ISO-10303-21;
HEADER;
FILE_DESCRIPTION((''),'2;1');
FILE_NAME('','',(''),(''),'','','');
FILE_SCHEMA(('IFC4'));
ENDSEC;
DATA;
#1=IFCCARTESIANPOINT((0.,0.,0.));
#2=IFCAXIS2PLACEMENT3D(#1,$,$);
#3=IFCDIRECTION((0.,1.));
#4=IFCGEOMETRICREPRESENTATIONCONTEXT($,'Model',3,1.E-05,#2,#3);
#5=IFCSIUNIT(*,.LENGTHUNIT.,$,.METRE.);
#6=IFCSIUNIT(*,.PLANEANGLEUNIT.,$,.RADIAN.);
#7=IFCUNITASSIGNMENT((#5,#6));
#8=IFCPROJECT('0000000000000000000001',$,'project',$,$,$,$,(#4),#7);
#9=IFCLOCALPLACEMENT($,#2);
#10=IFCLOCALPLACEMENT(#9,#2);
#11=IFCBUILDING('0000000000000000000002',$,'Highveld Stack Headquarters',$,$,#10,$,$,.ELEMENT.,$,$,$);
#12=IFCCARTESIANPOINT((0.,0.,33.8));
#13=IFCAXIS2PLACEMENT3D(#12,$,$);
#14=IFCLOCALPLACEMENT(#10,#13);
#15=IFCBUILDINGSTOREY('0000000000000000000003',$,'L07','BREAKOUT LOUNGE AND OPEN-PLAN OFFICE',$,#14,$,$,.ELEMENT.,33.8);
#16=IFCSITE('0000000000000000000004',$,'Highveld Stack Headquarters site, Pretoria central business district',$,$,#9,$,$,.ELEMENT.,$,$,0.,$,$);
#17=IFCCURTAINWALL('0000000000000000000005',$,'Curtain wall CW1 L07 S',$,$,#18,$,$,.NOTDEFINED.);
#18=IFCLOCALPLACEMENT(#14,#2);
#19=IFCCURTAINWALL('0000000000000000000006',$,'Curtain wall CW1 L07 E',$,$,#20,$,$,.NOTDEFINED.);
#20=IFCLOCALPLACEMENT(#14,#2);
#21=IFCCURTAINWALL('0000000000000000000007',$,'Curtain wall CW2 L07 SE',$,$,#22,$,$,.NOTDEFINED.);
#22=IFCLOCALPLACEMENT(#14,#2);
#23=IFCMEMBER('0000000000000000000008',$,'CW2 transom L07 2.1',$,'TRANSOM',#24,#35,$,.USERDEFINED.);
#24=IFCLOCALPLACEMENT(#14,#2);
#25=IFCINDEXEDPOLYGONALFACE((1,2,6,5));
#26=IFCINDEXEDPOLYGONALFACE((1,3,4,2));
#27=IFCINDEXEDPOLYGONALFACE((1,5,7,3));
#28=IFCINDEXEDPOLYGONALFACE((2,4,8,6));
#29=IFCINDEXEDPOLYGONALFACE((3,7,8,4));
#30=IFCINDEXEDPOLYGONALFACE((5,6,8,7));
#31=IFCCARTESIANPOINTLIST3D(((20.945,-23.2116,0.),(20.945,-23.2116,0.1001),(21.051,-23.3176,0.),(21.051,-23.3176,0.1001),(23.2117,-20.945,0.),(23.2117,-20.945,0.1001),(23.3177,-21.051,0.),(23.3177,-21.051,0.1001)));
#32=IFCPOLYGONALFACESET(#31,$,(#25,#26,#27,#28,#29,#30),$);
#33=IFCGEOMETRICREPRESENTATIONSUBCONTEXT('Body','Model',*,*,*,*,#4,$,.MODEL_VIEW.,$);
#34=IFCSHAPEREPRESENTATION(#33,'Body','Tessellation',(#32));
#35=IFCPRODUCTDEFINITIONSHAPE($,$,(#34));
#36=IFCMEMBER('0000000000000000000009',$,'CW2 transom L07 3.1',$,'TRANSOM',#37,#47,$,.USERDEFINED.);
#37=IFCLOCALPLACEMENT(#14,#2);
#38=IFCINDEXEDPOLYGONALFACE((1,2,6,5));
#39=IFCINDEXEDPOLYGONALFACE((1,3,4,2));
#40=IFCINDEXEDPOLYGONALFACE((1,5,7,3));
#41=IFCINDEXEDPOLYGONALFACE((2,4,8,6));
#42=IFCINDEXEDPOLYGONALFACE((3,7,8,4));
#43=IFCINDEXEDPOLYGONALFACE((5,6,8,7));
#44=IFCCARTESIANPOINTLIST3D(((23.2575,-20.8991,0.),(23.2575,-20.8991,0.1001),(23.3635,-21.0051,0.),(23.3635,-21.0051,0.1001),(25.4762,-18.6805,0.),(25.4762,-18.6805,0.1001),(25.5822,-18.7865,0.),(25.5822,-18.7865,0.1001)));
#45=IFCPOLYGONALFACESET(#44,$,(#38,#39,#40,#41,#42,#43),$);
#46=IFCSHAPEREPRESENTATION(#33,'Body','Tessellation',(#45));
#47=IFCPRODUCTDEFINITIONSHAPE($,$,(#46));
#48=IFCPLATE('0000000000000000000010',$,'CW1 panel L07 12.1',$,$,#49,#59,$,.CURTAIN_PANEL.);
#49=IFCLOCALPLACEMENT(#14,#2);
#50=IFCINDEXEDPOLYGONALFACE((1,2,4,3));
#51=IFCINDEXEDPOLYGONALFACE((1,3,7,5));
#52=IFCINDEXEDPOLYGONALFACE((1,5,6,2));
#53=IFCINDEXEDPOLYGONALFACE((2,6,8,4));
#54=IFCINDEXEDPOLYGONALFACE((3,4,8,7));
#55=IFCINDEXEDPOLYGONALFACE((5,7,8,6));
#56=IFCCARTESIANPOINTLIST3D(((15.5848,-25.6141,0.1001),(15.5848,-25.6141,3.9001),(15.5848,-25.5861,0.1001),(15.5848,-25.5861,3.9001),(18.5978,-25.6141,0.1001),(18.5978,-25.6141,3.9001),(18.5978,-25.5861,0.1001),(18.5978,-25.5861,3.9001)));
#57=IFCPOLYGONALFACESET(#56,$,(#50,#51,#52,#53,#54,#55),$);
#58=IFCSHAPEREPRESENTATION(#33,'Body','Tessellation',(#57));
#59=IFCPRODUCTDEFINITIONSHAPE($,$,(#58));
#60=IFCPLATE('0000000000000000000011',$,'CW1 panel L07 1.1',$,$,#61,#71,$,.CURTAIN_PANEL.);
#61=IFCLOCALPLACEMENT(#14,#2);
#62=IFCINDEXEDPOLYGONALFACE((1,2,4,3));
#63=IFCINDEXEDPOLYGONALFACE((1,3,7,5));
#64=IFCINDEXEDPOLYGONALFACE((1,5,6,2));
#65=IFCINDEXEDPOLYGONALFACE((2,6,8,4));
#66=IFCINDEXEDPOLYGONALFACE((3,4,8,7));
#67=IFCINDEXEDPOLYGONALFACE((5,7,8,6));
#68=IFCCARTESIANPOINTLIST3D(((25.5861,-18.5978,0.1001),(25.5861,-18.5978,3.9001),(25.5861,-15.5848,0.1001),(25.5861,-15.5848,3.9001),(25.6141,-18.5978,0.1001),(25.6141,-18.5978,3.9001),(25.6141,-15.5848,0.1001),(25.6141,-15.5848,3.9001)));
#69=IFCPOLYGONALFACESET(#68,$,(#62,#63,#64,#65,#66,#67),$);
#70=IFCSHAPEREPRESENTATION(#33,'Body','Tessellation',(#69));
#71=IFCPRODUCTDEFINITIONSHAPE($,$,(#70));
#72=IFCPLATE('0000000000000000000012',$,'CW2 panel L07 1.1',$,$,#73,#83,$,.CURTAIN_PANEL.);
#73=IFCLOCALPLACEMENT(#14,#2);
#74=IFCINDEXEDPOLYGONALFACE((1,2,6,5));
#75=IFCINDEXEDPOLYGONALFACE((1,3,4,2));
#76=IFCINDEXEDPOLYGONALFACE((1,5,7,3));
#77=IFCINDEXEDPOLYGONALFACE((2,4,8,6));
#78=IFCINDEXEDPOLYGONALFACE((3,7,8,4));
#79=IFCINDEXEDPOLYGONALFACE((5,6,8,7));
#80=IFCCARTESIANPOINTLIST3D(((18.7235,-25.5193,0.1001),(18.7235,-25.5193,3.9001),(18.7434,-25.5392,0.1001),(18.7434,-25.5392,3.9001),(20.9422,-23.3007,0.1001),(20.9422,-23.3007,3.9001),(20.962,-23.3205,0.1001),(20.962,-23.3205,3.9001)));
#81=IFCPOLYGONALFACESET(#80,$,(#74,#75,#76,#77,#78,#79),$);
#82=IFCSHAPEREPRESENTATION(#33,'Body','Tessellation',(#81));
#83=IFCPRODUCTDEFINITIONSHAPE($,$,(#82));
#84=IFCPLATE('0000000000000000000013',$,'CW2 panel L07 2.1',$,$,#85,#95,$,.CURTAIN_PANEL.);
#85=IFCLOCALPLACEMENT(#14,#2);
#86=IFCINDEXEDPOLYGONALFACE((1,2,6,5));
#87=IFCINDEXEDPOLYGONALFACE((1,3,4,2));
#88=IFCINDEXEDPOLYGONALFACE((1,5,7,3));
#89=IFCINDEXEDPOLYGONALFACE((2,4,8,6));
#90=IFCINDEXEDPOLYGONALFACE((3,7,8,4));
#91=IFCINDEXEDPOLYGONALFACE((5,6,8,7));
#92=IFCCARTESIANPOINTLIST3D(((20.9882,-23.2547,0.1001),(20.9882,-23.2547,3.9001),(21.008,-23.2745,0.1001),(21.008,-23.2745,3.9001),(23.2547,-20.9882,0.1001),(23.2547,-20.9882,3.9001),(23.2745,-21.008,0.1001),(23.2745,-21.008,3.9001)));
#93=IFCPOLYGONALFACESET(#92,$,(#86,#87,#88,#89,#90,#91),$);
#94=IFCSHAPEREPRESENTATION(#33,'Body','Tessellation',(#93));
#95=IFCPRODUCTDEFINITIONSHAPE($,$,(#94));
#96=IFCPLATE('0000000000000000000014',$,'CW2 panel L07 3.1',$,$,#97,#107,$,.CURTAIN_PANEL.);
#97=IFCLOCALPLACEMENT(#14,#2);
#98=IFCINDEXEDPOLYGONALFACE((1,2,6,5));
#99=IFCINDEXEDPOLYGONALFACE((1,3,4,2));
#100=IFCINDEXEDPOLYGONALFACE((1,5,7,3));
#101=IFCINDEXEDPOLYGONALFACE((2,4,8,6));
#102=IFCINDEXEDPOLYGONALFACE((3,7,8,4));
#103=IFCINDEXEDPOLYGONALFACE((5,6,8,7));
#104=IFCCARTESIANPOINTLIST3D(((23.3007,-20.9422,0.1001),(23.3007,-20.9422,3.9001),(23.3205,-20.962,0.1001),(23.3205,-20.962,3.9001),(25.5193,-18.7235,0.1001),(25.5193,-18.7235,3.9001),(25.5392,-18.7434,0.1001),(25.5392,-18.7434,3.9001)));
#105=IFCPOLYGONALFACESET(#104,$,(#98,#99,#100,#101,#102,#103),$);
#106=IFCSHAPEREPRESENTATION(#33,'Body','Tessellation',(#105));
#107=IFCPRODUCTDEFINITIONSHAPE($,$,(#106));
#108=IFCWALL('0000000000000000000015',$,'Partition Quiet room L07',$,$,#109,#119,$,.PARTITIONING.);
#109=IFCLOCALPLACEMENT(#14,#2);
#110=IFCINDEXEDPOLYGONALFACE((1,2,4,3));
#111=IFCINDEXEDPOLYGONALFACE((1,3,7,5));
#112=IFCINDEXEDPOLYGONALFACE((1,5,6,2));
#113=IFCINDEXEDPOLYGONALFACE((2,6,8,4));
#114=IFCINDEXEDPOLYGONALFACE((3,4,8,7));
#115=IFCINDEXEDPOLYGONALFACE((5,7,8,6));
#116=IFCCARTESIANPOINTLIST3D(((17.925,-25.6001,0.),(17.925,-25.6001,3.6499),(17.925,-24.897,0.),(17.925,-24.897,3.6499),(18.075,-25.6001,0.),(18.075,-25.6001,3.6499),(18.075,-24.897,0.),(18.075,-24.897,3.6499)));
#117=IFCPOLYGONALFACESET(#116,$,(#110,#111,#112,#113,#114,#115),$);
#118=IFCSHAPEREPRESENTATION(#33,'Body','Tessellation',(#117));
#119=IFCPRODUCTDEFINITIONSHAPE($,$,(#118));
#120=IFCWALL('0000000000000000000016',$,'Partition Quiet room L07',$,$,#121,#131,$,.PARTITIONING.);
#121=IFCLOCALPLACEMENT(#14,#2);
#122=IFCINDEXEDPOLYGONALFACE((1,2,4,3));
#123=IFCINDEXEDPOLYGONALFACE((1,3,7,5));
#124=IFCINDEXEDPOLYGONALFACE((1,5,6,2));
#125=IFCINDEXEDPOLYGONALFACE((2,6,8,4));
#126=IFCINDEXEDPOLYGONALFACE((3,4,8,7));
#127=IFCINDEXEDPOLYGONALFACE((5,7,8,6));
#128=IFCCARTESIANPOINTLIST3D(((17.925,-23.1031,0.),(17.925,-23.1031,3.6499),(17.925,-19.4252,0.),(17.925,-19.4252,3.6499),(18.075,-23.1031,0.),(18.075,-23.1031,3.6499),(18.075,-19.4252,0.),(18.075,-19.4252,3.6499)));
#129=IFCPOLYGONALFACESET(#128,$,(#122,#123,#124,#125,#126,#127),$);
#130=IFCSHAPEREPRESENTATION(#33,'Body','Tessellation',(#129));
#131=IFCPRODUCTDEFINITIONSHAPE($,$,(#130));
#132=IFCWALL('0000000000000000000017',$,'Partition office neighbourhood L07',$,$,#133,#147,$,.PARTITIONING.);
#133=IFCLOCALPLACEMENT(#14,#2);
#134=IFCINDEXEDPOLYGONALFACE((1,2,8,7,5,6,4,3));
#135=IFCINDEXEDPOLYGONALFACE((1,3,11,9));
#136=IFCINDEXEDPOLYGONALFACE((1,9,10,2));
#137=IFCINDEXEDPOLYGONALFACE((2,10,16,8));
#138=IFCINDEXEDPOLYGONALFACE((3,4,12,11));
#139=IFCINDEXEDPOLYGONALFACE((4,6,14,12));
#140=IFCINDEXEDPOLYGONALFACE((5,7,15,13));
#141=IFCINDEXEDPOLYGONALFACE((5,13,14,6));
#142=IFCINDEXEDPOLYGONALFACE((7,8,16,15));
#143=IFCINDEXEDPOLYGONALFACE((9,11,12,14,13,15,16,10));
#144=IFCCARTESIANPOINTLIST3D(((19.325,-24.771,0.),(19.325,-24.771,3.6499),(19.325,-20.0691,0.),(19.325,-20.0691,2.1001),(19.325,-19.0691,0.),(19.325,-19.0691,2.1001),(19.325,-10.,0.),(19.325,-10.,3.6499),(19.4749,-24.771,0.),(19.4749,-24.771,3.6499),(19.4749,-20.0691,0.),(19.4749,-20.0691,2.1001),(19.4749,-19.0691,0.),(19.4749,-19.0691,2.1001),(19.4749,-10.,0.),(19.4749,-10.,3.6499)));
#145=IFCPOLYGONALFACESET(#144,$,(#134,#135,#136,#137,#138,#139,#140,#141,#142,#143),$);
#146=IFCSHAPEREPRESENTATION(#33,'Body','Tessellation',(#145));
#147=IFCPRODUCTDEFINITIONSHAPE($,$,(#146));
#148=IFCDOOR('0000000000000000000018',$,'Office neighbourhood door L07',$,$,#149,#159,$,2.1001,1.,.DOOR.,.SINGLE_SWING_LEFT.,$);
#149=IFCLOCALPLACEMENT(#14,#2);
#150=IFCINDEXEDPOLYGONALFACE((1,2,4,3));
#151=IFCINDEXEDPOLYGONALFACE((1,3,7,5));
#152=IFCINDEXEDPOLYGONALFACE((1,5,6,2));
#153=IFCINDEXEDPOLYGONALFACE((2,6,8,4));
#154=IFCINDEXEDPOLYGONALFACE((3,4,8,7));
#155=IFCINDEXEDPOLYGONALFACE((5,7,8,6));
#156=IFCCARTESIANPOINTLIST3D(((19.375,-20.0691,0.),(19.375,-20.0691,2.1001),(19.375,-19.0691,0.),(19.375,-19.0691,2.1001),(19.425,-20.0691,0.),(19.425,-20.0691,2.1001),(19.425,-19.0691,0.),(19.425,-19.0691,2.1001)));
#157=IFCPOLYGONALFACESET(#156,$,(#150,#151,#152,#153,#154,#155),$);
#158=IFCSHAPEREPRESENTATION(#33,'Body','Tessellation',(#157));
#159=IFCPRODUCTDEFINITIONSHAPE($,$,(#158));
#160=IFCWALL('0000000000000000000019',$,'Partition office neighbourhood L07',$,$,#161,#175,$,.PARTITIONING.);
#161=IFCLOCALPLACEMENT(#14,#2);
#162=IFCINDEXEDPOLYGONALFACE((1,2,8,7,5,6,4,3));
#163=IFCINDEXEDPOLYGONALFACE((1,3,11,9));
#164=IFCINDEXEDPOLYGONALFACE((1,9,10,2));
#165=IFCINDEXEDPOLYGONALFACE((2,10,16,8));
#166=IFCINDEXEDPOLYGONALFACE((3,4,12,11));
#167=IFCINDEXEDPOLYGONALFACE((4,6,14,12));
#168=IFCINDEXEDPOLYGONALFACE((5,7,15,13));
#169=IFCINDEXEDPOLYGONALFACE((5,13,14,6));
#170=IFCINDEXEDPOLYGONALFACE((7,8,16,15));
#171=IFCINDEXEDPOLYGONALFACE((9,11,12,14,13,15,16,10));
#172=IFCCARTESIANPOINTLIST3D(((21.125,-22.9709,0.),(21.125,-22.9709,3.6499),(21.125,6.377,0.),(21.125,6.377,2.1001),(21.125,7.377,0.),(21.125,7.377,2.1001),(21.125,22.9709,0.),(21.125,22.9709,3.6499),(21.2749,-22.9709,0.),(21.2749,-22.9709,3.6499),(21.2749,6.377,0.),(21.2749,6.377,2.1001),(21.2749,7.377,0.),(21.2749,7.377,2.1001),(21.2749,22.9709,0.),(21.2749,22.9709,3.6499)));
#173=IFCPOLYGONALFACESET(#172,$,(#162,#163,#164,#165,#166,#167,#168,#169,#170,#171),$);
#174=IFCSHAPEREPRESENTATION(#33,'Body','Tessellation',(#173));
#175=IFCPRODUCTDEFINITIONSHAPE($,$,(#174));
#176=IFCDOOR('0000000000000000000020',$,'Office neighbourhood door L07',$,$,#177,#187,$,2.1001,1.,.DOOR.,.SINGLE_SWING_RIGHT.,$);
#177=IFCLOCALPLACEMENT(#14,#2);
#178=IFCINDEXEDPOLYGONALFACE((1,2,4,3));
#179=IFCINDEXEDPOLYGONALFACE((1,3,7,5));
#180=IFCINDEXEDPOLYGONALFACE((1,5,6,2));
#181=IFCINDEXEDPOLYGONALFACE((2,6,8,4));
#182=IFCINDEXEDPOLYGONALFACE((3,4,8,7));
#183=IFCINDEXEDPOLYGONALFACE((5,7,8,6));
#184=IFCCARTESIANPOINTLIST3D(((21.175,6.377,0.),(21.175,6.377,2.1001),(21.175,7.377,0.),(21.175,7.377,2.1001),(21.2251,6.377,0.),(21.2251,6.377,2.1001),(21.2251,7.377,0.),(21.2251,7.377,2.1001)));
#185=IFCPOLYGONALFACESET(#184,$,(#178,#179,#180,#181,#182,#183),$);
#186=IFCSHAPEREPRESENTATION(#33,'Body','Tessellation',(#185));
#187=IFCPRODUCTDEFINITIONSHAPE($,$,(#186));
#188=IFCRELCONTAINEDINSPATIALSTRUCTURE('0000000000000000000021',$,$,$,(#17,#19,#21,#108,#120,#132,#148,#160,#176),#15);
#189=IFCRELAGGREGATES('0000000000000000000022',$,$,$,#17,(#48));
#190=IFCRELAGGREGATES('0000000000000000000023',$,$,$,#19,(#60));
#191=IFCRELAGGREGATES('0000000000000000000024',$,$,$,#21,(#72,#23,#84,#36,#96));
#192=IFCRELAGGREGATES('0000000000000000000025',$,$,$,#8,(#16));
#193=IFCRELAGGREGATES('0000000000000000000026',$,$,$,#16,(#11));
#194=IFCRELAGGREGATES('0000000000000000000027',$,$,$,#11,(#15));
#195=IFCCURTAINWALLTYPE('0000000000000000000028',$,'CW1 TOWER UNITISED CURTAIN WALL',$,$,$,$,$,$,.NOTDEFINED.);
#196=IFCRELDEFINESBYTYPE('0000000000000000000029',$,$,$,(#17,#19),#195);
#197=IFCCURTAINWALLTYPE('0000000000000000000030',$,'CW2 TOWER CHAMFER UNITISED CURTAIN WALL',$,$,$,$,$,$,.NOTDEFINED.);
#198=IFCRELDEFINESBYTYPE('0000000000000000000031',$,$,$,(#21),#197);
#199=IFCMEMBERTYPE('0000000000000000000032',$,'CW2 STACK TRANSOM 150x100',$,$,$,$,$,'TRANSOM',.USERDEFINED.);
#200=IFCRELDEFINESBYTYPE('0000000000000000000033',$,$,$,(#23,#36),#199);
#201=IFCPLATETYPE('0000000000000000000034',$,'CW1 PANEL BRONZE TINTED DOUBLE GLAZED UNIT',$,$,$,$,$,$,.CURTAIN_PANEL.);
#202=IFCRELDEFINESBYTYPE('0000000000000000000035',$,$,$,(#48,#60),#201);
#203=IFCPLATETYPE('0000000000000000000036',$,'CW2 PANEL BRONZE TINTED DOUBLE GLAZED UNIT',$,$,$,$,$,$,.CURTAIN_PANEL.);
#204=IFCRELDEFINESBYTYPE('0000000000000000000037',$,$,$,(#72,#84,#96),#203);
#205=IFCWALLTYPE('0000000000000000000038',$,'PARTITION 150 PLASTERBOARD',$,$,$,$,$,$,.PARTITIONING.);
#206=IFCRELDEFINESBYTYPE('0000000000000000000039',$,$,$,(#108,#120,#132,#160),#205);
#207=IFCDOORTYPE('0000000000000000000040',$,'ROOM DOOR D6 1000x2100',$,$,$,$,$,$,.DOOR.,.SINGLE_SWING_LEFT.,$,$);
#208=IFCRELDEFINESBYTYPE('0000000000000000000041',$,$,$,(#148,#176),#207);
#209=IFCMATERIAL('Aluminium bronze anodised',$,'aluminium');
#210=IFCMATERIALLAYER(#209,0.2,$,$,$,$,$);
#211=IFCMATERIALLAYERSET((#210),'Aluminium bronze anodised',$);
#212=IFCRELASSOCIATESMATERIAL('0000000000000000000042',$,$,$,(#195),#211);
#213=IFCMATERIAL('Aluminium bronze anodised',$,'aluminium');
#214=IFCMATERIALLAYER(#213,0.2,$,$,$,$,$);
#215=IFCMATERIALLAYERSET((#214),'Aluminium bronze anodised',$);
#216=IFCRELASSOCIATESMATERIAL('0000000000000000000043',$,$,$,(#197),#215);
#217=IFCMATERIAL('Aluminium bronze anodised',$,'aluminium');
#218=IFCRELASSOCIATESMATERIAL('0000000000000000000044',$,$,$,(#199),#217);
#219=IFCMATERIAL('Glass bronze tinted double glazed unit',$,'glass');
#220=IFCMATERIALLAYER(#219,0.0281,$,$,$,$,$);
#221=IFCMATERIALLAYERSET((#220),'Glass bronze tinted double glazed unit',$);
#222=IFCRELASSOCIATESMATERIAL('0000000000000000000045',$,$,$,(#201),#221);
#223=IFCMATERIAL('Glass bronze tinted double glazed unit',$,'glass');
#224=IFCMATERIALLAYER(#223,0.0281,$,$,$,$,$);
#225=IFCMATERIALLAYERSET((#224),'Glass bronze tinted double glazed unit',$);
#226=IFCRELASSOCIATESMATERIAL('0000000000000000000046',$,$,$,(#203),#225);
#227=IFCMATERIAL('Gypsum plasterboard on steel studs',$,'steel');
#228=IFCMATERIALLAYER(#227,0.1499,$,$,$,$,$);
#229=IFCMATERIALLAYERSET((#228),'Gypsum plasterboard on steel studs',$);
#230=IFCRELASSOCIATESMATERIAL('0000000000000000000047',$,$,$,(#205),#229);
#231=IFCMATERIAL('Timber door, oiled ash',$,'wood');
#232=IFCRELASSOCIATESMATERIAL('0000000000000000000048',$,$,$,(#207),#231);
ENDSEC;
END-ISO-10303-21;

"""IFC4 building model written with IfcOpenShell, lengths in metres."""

from ifc_helpers import new_model, si_unit, direction, frame, frame_2d, origin, origin_2d, place, context, subcontext, project, spatial, rectangle, extrude, material, layer, layer_set, material_profile, profile_set, type_object, element, fill, aggregate, save


model = new_model("IFC4")

# Units and contexts
model_context = context("Model", 3, precision=1e-05, world=origin(), true_north=direction((0.0, 1.0)))
body_context = subcontext(model_context, "Body", "Model", "MODEL_VIEW")
ifc_project = project(units=[si_unit("LENGTHUNIT", "METRE"), si_unit("PLANEANGLEUNIT", "RADIAN")], contexts=[model_context])

# Site, building, storey
site_placement = place(None, origin())
site = spatial("IfcSite", under=ifc_project, at=site_placement, Name="Highveld Stack Headquarters site, Pretoria central business district", CompositionType="ELEMENT", RefElevation=0.0)
building_placement = place(site_placement, origin())
building = spatial("IfcBuilding", under=site, at=building_placement, Name="Highveld Stack Headquarters", CompositionType="ELEMENT")
storey_placement = place(building_placement, frame((0.0, 0.0, 33.8)))
storey = spatial("IfcBuildingStorey", under=building, at=storey_placement, Name="L07", Description="BREAKOUT LOUNGE AND OPEN-PLAN OFFICE", CompositionType="ELEMENT", Elevation=33.8)

# Curtain walls
ifc_material_1 = material(Name="Aluminium bronze anodised", Category="aluminium")
ifc_layer_1 = layer(ifc_material_1, 0.2)
ifc_layer_set_1 = layer_set([ifc_layer_1], Name="Aluminium bronze anodised")
curtain_wall_type_1 = type_object("IfcCurtainWallType", Name="CW1 TOWER UNITISED CURTAIN WALL", PredefinedType="NOTDEFINED", material=ifc_layer_set_1)
curtain_wall_1_placement = place(storey_placement, origin())
curtain_wall_1 = element("IfcCurtainWall", 1, at=curtain_wall_1_placement, inside=storey, type_object=curtain_wall_type_1, Name="Curtain wall CW1 L07 S", PredefinedType="NOTDEFINED")
curtain_wall_2_placement = place(storey_placement, origin())
curtain_wall_2 = element("IfcCurtainWall", 2, at=curtain_wall_2_placement, inside=storey, type_object=curtain_wall_type_1, Name="Curtain wall CW1 L07 E", PredefinedType="NOTDEFINED")

# Curtain wall, members
ifc_material_2 = material(Name="Aluminium bronze anodised", Category="aluminium")
ifc_layer_2 = layer(ifc_material_2, 0.2)
ifc_layer_set_2 = layer_set([ifc_layer_2], Name="Aluminium bronze anodised")
curtain_wall_type_2 = type_object("IfcCurtainWallType", Name="CW2 TOWER CHAMFER UNITISED CURTAIN WALL", PredefinedType="NOTDEFINED", material=ifc_layer_set_2)
curtain_wall_3_placement = place(storey_placement, origin())
curtain_wall_3 = element("IfcCurtainWall", 3, at=curtain_wall_3_placement, inside=storey, type_object=curtain_wall_type_2, Name="Curtain wall CW2 L07 SE", PredefinedType="NOTDEFINED")
ifc_material_3 = material(Name="Aluminium bronze anodised", Category="aluminium")
ifc_material_profile_1 = material_profile(ifc_material_3, rectangle(XDim=0.1499, YDim=0.1001, at=origin_2d()), Name="CW2 TRANSOM 150x100")
ifc_profile_set_1 = profile_set([ifc_material_profile_1], Name="Aluminium bronze anodised")
member_type_1 = type_object("IfcMemberType", Name="CW2 STACK TRANSOM 150x100", ElementType="TRANSOM", PredefinedType="USERDEFINED", material=ifc_profile_set_1)
member_1_placement = place(storey_placement, frame((20.998, -23.2646, 0.05), z_axis=(0.707107, 0.707107, 0.0), x_axis=(-0.707107, 0.707107, 0.0)))
member_1 = element("IfcMember", 4, at=member_1_placement, type_object=member_type_1, Name="CW2 transom L07 2.1", ObjectType="TRANSOM", PredefinedType="USERDEFINED", context=body_context, shape_type="SweptSolid", body=[
    extrude(rectangle(XDim=0.1499, YDim=0.1001, at=origin_2d()), origin(), (0.0, 0.0, 1.0), 3.2056),
])
member_2_placement = place(storey_placement, frame((23.3105, -20.9521, 0.05), z_axis=(0.707107, 0.707107, 0.0), x_axis=(-0.707107, 0.707107, 0.0)))
member_2 = element("IfcMember", 5, at=member_2_placement, type_object=member_type_1, Name="CW2 transom L07 3.1", ObjectType="TRANSOM", PredefinedType="USERDEFINED", context=body_context, shape_type="SweptSolid", body=[
    extrude(rectangle(XDim=0.1499, YDim=0.1001, at=origin_2d()), origin(), (0.0, 0.0, 1.0), 3.1377),
])

# Plates
ifc_material_4 = material(Name="Glass bronze tinted double glazed unit", Category="glass")
ifc_layer_3 = layer(ifc_material_4, 0.0281)
ifc_layer_set_3 = layer_set([ifc_layer_3], Name="Glass bronze tinted double glazed unit")
plate_type_1 = type_object("IfcPlateType", Name="CW1 PANEL BRONZE TINTED DOUBLE GLAZED UNIT", PredefinedType="CURTAIN_PANEL", material=ifc_layer_set_3)
plate_1_placement = place(storey_placement, frame((17.0913, -25.6001, 0.1001), z_axis=(0.0, 0.0, 1.0), x_axis=(1.0, 0.0, 0.0)))
plate_1 = element("IfcPlate", 6, at=plate_1_placement, type_object=plate_type_1, Name="CW1 panel L07 12.1", PredefinedType="CURTAIN_PANEL", context=body_context, shape_type="SweptSolid", body=[
    extrude(rectangle(XDim=3.0129, YDim=0.0281, at=origin_2d()), origin(), (0.0, 0.0, 1.0), 3.8),
])
aggregate(curtain_wall_1, [plate_1])
plate_2_placement = place(storey_placement, frame((25.6001, -17.0913, 0.1001), z_axis=(0.0, 0.0, 1.0), x_axis=(0.0, 1.0, 0.0)))
plate_2 = element("IfcPlate", 7, at=plate_2_placement, type_object=plate_type_1, Name="CW1 panel L07 1.1", PredefinedType="CURTAIN_PANEL", context=body_context, shape_type="SweptSolid", body=[
    extrude(rectangle(XDim=3.0129, YDim=0.0281, at=origin_2d()), origin(), (0.0, 0.0, 1.0), 3.8),
])
aggregate(curtain_wall_2, [plate_2])
ifc_material_5 = material(Name="Glass bronze tinted double glazed unit", Category="glass")
ifc_layer_4 = layer(ifc_material_5, 0.0281)
ifc_layer_set_4 = layer_set([ifc_layer_4], Name="Glass bronze tinted double glazed unit")
plate_type_2 = type_object("IfcPlateType", Name="CW2 PANEL BRONZE TINTED DOUBLE GLAZED UNIT", PredefinedType="CURTAIN_PANEL", material=ifc_layer_set_4)
plate_3_placement = place(storey_placement, frame((19.8428, -24.4199, 0.1001), z_axis=(0.0, 0.0, 1.0), x_axis=(0.707107, 0.707107, 0.0)))
plate_3 = element("IfcPlate", 8, at=plate_3_placement, type_object=plate_type_2, Name="CW2 panel L07 1.1", PredefinedType="CURTAIN_PANEL", context=body_context, shape_type="SweptSolid", body=[
    extrude(rectangle(XDim=3.1377, YDim=0.0281, at=origin_2d()), origin(), (0.0, 0.0, 1.0), 3.8),
])
plate_4_placement = place(storey_placement, frame((22.1313, -22.1313, 0.1001), z_axis=(0.0, 0.0, 1.0), x_axis=(0.707107, 0.707107, 0.0)))
plate_4 = element("IfcPlate", 9, at=plate_4_placement, type_object=plate_type_2, Name="CW2 panel L07 2.1", PredefinedType="CURTAIN_PANEL", context=body_context, shape_type="SweptSolid", body=[
    extrude(rectangle(XDim=3.2053, YDim=0.0281, at=origin_2d()), origin(), (0.0, 0.0, 1.0), 3.8),
])
plate_5_placement = place(storey_placement, frame((24.4199, -19.8428, 0.1001), z_axis=(0.0, 0.0, 1.0), x_axis=(0.707107, 0.707107, 0.0)))
plate_5 = element("IfcPlate", 10, at=plate_5_placement, type_object=plate_type_2, Name="CW2 panel L07 3.1", PredefinedType="CURTAIN_PANEL", context=body_context, shape_type="SweptSolid", body=[
    extrude(rectangle(XDim=3.1377, YDim=0.0281, at=origin_2d()), origin(), (0.0, 0.0, 1.0), 3.8),
])
aggregate(curtain_wall_3, [plate_3, member_1, plate_4, member_2, plate_5])

# Walls
ifc_material_6 = material(Name="Gypsum plasterboard on steel studs", Category="steel")
ifc_layer_5 = layer(ifc_material_6, 0.1499)
ifc_layer_set_5 = layer_set([ifc_layer_5], Name="Gypsum plasterboard on steel studs")
wall_type = type_object("IfcWallType", Name="PARTITION 150 PLASTERBOARD", PredefinedType="PARTITIONING", material=ifc_layer_set_5)
wall_1_placement = place(storey_placement, frame((18.0, -25.6001, 0.0), z_axis=(0.0, 0.0, 1.0), x_axis=(0.0, 1.0, 0.0)))
element("IfcWall", 11, at=wall_1_placement, inside=storey, type_object=wall_type, Name="Partition Quiet room L07", PredefinedType="PARTITIONING", context=body_context, shape_type="SweptSolid", body=[
    extrude(rectangle(XDim=0.7031, YDim=0.1499, at=frame_2d((0.3516, 0.0))), origin(), (0.0, 0.0, 1.0), 3.6499),
])
wall_2_placement = place(storey_placement, frame((18.0, -23.103, 0.0), z_axis=(0.0, 0.0, 1.0), x_axis=(0.0, 1.0, 0.0)))
element("IfcWall", 12, at=wall_2_placement, inside=storey, type_object=wall_type, Name="Partition Quiet room L07", PredefinedType="PARTITIONING", context=body_context, shape_type="SweptSolid", body=[
    extrude(rectangle(XDim=3.678, YDim=0.1499, at=frame_2d((1.8389, 0.0))), origin(), (0.0, 0.0, 1.0), 3.6499),
])

# Walls, openings, doors
wall_3_placement = place(storey_placement, frame((19.3999, -24.771, 0.0), z_axis=(0.0, 0.0, 1.0), x_axis=(0.0, 1.0, 0.0)))
wall_3 = element("IfcWall", 13, at=wall_3_placement, inside=storey, type_object=wall_type, Name="Partition office neighbourhood L07", PredefinedType="PARTITIONING", context=body_context, shape_type="SweptSolid", body=[
    extrude(rectangle(XDim=14.771, YDim=0.1499, at=frame_2d((7.3855, 0.0))), origin(), (0.0, 0.0, 1.0), 3.6499),
])
opening_1_placement = place(wall_3_placement, frame((4.7019, 0.0, 0.0)))
opening_1 = element("IfcOpeningElement", 14, at=opening_1_placement, cuts=wall_3, PredefinedType="OPENING", context=body_context, shape_type="SweptSolid", body=[
    extrude(rectangle(XDim=1.0, YDim=2.1001, at=frame_2d((0.5, 1.05))), frame((0.0, 0.085, 0.0), z_axis=(0.0, -1.0, 0.0), x_axis=(1.0, 0.0, 0.0)), (0.0, 0.0, 1.0), 0.1699),
])
ifc_material_7 = material(Name="Timber door, oiled ash", Category="wood")
door_type = type_object("IfcDoorType", Name="ROOM DOOR D6 1000x2100", OperationType="SINGLE_SWING_LEFT", PredefinedType="DOOR", material=ifc_material_7)
door_1_placement = place(opening_1_placement, origin())
door_1 = element("IfcDoor", 15, at=door_1_placement, inside=storey, type_object=door_type, Name="Office neighbourhood door L07", OperationType="SINGLE_SWING_LEFT", OverallHeight=2.1001, OverallWidth=1.0, PredefinedType="DOOR", context=body_context, shape_type="SweptSolid", body=[
    extrude(rectangle(XDim=1.0, YDim=2.1001, at=frame_2d((0.5, 1.05))), frame((0.0, 0.0249, 0.0), z_axis=(0.0, -1.0, 0.0), x_axis=(1.0, 0.0, 0.0)), (0.0, 0.0, 1.0), 0.05),
])
fill(opening_1, door_1)
wall_4_placement = place(storey_placement, frame((21.2, -22.9709, 0.0), z_axis=(0.0, 0.0, 1.0), x_axis=(0.0, 1.0, 0.0)))
wall_4 = element("IfcWall", 16, at=wall_4_placement, inside=storey, type_object=wall_type, Name="Partition office neighbourhood L07", PredefinedType="PARTITIONING", context=body_context, shape_type="SweptSolid", body=[
    extrude(rectangle(XDim=45.9419, YDim=0.1499, at=frame_2d((22.9709, 0.0))), origin(), (0.0, 0.0, 1.0), 3.6499),
])
opening_2_placement = place(wall_4_placement, frame((29.3479, 0.0, 0.0)))
opening_2 = element("IfcOpeningElement", 17, at=opening_2_placement, cuts=wall_4, PredefinedType="OPENING", context=body_context, shape_type="SweptSolid", body=[
    extrude(rectangle(XDim=1.0, YDim=2.1001, at=frame_2d((0.5, 1.05))), frame((0.0, 0.085, 0.0), z_axis=(0.0, -1.0, 0.0), x_axis=(1.0, 0.0, 0.0)), (0.0, 0.0, 1.0), 0.1699),
])
door_2_placement = place(opening_2_placement, origin())
door_2 = element("IfcDoor", 18, at=door_2_placement, inside=storey, type_object=door_type, Name="Office neighbourhood door L07", OperationType="SINGLE_SWING_RIGHT", OverallHeight=2.1001, OverallWidth=1.0, PredefinedType="DOOR", context=body_context, shape_type="SweptSolid", body=[
    extrude(rectangle(XDim=1.0, YDim=2.1001, at=frame_2d((0.5, 1.05))), frame((0.0, 0.0249, 0.0), z_axis=(0.0, -1.0, 0.0), x_axis=(1.0, 0.0, 0.0)), (0.0, 0.0, 1.0), 0.05),
])
fill(opening_2, door_2)

save(model, "model.ifc")
